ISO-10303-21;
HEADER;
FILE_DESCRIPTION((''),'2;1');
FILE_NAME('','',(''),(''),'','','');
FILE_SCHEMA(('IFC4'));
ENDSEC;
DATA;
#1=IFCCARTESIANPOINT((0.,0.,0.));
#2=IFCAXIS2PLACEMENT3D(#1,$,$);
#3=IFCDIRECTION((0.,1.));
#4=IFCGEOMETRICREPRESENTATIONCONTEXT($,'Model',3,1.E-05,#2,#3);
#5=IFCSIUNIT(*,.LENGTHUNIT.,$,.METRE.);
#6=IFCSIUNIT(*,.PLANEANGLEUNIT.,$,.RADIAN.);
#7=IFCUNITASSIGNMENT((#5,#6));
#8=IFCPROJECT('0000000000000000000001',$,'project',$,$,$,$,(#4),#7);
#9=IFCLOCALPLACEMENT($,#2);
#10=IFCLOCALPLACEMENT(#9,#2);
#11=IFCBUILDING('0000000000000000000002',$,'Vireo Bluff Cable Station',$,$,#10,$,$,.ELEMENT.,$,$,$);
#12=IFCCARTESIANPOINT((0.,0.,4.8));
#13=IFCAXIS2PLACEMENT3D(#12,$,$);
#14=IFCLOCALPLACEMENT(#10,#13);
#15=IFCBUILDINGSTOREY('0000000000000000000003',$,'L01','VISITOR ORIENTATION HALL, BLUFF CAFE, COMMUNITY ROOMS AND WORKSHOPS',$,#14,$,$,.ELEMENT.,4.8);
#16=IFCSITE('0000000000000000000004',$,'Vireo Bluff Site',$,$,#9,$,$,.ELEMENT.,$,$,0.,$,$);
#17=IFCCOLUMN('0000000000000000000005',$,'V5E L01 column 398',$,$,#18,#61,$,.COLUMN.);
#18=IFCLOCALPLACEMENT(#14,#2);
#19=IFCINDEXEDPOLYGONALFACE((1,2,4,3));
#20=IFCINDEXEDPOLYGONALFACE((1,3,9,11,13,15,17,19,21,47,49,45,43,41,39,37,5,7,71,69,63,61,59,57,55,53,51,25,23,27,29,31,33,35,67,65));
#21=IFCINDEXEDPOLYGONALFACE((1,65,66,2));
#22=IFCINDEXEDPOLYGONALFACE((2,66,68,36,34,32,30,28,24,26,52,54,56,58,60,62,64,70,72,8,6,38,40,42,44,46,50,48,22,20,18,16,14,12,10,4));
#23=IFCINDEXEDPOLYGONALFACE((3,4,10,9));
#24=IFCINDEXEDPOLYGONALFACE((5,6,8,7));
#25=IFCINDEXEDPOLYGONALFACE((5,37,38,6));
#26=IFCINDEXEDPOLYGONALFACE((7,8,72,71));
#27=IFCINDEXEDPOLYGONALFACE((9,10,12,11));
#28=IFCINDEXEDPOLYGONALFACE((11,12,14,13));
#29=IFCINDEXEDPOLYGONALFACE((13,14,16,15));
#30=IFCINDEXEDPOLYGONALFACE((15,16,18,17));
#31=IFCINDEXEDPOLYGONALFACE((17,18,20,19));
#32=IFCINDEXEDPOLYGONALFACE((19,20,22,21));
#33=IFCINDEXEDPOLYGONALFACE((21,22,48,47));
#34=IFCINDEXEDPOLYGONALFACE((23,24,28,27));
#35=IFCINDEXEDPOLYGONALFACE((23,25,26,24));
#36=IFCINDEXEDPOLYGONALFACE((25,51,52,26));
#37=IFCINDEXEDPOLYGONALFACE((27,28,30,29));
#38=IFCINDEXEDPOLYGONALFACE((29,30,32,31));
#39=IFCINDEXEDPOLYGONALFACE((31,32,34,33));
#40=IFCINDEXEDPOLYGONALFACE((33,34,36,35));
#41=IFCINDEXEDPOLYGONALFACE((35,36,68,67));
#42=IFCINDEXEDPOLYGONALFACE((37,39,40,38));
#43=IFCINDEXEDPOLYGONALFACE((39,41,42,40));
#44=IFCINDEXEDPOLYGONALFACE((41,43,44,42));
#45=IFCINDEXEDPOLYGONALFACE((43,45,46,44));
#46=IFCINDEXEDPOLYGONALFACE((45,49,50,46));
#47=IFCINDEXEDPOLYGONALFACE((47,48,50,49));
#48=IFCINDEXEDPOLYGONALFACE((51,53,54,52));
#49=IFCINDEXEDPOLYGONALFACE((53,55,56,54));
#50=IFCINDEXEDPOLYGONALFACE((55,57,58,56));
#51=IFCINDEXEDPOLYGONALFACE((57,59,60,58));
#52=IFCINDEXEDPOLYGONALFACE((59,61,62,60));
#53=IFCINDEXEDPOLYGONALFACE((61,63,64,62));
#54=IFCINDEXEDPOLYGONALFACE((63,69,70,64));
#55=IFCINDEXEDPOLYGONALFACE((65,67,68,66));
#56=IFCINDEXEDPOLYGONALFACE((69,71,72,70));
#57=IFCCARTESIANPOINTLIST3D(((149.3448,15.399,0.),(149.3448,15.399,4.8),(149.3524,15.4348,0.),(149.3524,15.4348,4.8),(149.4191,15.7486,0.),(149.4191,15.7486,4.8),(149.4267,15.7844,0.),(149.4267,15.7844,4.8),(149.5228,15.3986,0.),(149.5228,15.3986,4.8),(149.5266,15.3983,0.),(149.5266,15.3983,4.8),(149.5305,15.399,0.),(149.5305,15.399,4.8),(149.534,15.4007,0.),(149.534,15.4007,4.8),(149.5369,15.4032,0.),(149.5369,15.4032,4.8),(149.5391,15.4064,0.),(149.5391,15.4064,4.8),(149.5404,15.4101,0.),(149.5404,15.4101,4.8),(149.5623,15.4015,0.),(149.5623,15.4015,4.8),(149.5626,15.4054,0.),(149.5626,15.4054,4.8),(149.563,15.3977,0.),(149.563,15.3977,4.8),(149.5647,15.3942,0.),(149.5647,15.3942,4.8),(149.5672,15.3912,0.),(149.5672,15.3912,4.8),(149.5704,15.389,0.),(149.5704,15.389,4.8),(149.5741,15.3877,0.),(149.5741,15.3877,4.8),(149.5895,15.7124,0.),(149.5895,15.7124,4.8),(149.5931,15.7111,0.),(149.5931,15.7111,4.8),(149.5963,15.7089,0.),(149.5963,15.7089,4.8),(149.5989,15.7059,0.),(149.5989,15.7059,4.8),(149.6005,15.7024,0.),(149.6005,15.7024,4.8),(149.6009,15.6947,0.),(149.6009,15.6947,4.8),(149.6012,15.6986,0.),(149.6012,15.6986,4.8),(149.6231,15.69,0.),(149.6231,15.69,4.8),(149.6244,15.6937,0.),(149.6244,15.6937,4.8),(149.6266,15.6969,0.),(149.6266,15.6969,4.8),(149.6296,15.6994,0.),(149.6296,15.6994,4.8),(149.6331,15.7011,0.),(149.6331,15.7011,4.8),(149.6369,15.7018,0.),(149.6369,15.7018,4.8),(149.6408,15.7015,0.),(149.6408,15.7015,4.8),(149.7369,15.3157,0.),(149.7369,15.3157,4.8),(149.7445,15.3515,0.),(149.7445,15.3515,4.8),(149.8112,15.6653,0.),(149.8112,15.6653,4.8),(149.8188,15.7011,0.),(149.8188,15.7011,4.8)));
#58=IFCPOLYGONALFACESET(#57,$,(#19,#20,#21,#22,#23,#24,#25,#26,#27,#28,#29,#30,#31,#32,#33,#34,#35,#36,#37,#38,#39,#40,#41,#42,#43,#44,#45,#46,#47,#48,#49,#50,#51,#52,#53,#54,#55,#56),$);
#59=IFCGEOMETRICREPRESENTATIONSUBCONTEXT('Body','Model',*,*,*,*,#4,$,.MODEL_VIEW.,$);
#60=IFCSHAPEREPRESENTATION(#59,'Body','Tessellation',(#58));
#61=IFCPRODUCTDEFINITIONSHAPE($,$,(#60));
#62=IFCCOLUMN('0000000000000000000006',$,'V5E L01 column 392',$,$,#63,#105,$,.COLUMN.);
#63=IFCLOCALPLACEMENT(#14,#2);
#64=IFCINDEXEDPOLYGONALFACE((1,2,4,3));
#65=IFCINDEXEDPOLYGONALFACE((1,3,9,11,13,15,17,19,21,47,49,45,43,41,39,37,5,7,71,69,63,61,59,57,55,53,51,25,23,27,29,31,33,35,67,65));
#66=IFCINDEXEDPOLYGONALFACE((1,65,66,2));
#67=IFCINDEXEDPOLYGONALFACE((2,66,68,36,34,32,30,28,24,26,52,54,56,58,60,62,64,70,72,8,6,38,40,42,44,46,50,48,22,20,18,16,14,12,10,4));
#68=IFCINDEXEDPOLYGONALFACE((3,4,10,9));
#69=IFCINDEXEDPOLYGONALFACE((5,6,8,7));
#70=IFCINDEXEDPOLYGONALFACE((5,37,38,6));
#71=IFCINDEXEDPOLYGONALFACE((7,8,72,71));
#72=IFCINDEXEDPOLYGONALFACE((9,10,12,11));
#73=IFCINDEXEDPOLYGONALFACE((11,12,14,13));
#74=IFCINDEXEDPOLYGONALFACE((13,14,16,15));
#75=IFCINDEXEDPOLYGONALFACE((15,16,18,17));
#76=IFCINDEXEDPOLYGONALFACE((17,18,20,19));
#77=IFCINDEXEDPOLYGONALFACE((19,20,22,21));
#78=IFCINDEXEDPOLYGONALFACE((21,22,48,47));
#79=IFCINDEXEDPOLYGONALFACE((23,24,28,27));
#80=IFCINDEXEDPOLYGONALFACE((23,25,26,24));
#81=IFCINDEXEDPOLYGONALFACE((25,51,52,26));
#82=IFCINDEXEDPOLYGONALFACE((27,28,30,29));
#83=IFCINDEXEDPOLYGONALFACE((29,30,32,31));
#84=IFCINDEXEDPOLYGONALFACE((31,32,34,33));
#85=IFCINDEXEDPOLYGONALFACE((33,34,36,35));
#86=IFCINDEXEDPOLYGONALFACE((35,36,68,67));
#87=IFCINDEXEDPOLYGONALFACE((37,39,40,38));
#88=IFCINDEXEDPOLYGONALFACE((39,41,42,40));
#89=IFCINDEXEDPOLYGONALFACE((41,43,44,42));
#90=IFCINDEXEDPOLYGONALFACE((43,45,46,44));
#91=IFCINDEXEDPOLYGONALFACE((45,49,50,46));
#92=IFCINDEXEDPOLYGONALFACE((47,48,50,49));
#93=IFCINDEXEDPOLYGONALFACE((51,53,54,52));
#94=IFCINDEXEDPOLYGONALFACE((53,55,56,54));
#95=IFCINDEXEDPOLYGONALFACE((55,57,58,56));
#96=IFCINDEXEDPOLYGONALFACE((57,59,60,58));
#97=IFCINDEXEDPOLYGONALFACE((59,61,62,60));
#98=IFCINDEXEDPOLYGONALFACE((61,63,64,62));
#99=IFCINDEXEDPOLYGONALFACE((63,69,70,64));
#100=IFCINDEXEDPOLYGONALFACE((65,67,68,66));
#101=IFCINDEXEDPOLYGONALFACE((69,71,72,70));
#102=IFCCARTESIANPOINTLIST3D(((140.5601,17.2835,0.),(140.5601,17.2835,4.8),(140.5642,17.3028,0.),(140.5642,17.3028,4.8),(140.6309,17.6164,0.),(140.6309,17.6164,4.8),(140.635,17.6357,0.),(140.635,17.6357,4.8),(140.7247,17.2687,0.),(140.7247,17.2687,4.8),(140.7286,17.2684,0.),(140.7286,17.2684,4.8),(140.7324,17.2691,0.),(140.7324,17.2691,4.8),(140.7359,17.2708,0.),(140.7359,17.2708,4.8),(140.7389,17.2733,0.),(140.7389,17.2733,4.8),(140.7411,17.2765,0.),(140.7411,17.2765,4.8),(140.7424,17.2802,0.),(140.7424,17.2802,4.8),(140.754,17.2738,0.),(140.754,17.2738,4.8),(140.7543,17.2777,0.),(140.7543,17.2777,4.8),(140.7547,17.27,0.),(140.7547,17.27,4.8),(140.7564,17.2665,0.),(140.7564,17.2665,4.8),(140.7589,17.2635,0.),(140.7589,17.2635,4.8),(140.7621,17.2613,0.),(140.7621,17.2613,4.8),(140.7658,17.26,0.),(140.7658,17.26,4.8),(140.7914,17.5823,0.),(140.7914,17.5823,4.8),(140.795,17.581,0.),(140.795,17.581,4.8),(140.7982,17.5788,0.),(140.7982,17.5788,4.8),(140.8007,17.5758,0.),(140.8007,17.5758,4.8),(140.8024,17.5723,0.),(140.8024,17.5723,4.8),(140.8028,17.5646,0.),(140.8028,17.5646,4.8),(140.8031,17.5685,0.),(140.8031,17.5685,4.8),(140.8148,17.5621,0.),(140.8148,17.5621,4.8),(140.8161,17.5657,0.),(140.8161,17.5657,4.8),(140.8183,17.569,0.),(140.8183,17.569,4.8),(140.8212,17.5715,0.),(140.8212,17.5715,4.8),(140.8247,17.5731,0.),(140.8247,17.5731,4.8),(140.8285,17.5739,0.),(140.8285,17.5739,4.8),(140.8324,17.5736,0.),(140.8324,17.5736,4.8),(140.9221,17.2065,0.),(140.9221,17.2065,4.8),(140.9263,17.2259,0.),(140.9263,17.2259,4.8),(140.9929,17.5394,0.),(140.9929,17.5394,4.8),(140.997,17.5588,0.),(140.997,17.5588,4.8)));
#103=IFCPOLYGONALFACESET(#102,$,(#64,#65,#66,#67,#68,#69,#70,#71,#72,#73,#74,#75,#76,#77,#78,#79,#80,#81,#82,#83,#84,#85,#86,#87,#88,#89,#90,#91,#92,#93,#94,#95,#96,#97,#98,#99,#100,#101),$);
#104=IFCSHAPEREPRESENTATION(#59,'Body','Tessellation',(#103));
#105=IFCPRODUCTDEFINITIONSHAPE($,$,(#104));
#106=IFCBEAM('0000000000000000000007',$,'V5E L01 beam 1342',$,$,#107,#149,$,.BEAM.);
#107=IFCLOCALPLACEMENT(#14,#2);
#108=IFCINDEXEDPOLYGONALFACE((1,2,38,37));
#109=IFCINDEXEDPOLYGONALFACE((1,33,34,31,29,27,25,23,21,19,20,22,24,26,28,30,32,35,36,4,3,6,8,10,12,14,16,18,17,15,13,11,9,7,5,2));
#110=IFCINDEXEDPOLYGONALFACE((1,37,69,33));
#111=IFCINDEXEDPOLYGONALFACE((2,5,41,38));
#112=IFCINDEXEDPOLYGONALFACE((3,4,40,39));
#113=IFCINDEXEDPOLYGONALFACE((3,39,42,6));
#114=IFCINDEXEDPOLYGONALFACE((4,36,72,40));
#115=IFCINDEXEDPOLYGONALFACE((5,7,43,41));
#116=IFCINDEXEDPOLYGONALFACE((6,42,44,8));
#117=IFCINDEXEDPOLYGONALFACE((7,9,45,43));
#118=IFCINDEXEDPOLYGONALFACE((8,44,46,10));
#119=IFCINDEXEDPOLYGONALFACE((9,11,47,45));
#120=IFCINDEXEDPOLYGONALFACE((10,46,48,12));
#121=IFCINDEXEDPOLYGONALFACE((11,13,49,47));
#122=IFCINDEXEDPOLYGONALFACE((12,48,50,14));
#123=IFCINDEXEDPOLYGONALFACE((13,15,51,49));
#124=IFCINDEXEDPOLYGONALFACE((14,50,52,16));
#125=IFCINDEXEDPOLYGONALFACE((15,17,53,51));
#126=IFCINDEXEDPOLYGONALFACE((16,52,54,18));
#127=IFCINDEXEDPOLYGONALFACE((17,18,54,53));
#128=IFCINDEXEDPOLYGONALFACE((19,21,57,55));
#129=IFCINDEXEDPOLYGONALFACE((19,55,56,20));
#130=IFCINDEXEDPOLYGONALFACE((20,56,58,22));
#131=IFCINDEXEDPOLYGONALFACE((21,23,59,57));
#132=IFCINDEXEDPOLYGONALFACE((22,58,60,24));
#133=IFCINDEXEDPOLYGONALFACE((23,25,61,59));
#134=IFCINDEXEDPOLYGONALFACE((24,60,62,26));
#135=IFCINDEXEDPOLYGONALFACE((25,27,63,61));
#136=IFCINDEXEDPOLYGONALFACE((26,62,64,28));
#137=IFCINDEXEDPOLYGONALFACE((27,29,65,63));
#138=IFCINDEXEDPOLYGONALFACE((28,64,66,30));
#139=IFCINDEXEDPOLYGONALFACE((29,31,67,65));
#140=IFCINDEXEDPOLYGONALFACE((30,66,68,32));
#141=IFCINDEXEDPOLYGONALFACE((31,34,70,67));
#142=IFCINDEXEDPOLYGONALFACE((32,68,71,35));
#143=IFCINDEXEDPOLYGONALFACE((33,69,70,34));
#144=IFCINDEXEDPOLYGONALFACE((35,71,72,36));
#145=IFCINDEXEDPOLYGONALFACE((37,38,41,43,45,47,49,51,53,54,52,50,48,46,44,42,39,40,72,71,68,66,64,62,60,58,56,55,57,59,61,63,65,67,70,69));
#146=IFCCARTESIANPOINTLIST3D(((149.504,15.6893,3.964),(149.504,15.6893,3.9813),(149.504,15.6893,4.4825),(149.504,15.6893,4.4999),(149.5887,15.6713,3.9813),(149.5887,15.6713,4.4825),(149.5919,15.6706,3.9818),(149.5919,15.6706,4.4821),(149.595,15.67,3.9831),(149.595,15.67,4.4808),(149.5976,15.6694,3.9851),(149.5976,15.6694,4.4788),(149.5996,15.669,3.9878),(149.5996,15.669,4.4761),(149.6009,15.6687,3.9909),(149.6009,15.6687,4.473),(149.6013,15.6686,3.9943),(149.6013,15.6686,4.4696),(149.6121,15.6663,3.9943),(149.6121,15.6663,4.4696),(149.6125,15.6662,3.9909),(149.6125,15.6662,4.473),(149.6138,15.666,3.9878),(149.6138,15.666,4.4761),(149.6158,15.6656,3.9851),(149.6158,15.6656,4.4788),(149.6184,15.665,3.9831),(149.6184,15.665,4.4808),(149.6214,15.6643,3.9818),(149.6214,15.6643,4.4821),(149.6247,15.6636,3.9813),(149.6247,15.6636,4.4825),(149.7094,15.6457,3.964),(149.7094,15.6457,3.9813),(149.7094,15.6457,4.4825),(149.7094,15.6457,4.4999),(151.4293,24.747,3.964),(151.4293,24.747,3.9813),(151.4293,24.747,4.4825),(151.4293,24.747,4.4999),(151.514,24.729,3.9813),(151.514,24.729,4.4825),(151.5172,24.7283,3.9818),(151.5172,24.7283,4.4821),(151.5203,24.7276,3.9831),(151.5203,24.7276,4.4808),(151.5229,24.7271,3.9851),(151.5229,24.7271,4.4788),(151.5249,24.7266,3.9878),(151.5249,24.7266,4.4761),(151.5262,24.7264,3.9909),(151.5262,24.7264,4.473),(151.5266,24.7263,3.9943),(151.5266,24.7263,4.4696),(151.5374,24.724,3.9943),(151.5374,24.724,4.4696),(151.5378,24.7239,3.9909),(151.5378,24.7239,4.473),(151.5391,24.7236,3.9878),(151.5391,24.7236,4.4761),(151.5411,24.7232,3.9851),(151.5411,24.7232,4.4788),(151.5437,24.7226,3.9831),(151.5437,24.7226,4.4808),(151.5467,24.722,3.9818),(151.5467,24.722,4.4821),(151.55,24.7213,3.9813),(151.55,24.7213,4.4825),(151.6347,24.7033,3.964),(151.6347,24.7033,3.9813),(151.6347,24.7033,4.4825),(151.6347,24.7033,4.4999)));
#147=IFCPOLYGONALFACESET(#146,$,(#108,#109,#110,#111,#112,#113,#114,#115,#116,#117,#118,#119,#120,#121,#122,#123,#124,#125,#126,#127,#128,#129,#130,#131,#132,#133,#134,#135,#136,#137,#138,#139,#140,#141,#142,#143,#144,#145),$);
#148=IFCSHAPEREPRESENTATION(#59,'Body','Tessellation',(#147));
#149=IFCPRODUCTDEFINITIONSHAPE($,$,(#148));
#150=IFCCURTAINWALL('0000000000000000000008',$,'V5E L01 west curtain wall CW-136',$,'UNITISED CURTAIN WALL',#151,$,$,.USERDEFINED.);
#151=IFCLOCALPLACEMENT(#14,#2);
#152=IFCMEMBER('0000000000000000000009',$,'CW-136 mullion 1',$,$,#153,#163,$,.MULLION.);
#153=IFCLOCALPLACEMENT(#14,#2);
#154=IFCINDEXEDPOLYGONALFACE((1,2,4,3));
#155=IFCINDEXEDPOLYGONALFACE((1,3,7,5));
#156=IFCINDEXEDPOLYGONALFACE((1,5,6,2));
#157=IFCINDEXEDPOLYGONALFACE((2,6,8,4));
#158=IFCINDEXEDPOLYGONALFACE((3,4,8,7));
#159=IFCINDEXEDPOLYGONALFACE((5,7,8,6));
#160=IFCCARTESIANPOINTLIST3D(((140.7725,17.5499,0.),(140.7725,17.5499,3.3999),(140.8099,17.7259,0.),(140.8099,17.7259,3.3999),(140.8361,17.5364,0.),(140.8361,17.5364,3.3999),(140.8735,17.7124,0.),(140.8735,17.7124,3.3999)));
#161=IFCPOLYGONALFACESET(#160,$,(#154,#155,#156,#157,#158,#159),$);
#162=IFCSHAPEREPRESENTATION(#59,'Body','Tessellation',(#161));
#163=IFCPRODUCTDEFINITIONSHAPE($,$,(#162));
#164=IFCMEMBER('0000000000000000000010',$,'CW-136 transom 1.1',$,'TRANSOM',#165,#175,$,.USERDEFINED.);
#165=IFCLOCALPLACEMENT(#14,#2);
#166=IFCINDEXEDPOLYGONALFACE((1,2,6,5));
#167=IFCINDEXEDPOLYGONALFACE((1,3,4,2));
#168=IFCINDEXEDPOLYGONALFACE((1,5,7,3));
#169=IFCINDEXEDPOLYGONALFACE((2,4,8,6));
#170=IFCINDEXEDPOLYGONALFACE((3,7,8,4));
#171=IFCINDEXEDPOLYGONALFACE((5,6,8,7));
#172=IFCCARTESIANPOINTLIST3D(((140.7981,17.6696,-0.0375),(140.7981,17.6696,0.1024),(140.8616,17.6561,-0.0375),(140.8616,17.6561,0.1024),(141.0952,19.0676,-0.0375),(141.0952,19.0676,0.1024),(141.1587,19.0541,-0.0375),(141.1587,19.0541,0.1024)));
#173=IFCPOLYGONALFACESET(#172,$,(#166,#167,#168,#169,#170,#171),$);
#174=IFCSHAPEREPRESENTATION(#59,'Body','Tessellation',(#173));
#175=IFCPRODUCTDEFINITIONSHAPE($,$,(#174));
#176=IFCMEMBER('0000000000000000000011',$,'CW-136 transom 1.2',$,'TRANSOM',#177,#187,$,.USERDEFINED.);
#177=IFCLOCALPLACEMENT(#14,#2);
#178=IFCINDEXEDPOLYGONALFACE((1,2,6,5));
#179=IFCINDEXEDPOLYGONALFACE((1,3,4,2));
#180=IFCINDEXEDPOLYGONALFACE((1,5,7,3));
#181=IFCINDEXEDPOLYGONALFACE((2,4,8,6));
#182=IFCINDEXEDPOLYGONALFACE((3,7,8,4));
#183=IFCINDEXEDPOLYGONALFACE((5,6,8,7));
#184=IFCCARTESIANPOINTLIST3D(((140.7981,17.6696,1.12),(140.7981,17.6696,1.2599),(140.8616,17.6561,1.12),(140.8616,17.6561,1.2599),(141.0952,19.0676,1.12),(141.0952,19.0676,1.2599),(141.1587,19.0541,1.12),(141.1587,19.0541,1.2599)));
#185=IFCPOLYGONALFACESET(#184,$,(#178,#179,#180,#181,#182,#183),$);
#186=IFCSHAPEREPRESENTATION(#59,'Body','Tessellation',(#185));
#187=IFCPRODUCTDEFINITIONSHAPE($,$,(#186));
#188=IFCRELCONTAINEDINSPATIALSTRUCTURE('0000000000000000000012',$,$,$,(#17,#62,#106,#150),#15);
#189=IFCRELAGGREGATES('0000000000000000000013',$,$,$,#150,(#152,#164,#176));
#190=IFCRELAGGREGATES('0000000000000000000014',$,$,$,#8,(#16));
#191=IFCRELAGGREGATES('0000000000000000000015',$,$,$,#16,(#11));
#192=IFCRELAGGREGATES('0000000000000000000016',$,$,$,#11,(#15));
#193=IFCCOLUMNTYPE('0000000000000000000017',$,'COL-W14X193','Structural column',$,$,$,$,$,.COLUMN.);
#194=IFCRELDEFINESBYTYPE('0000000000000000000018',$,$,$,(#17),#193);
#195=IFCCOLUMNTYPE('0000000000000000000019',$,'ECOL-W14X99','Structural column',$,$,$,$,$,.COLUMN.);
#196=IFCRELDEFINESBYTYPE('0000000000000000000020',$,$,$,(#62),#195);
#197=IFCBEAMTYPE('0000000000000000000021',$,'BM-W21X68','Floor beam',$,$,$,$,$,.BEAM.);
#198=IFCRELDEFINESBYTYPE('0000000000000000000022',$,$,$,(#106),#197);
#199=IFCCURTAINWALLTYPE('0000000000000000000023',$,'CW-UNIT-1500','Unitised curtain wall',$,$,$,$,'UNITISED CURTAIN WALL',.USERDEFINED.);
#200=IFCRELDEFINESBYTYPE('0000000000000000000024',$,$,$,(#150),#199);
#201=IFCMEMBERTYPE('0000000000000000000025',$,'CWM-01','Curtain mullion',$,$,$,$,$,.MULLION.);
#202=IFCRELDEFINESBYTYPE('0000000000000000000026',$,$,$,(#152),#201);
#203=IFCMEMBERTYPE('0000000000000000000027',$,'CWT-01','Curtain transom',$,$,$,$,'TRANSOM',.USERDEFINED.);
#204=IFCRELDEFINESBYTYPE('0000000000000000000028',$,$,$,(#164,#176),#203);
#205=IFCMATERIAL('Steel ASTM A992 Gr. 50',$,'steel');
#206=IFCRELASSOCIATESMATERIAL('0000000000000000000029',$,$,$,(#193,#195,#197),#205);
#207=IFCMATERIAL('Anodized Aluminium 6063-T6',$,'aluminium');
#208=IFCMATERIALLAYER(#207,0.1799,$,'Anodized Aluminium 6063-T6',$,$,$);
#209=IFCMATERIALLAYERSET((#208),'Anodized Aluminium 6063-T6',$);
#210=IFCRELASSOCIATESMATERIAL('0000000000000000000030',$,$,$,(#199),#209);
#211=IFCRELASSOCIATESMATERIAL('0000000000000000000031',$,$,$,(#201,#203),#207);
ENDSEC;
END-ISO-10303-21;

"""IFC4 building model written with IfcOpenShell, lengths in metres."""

from ifc_helpers import new_model, si_unit, direction, frame, origin, origin_2d, place, context, subcontext, project, spatial, rectangle, i_section, extrude, material, layer, layer_set, material_profile, profile_set, type_object, element, aggregate, save


model = new_model("IFC4")

# Units and contexts
model_context = context("Model", 3, precision=1e-05, world=origin(), true_north=direction((0.0, 1.0)))
body_context = subcontext(model_context, "Body", "Model", "MODEL_VIEW")
ifc_project = project(units=[si_unit("LENGTHUNIT", "METRE"), si_unit("PLANEANGLEUNIT", "RADIAN")], contexts=[model_context])

# Site, building, storey
site_placement = place(None, origin())
site = spatial("IfcSite", under=ifc_project, at=site_placement, Name="Vireo Bluff Site", CompositionType="ELEMENT", RefElevation=0.0)
building_placement = place(site_placement, origin())
building = spatial("IfcBuilding", under=site, at=building_placement, Name="Vireo Bluff Cable Station", CompositionType="ELEMENT")
storey_placement = place(building_placement, frame((0.0, 0.0, 4.8)))
storey = spatial("IfcBuildingStorey", under=building, at=storey_placement, Name="L01", Description="VISITOR ORIENTATION HALL, BLUFF CAFE, COMMUNITY ROOMS AND WORKSHOPS", CompositionType="ELEMENT", Elevation=4.8)

# Columns
ifc_material_1 = material(Name="Steel ASTM A992 Gr. 50", Category="steel")
ifc_material_profile_1 = material_profile(ifc_material_1, i_section(OverallWidth=0.4009, OverallDepth=0.394, WebThickness=0.0227, FlangeThickness=0.0366, FilletRadius=0.0149, at=origin_2d()), Name="W14X193")
ifc_profile_set_1 = profile_set([ifc_material_profile_1], Name="Steel ASTM A992 Gr. 50")
column_type_1 = type_object("IfcColumnType", Name="COL-W14X193", Description="Structural column", PredefinedType="COLUMN", material=ifc_profile_set_1)
column_1_placement = place(storey_placement, frame((149.5818, 15.55, 0.0), z_axis=(0.0, 0.0, 1.0), x_axis=(0.978148, -0.207912, 0.0)))
element("IfcColumn", 1, at=column_1_placement, inside=storey, type_object=column_type_1, Name="V5E L01 column 398", PredefinedType="COLUMN", context=body_context, shape_type="SweptSolid", body=[
    extrude(i_section(OverallWidth=0.4009, OverallDepth=0.394, WebThickness=0.0227, FlangeThickness=0.0366, FilletRadius=0.0149, at=origin_2d()), origin(), (0.0, 0.0, 1.0), 4.8),
])
ifc_material_profile_2 = material_profile(ifc_material_1, i_section(OverallWidth=0.3701, OverallDepth=0.3601, WebThickness=0.0122, FlangeThickness=0.0198, FilletRadius=0.0149, at=origin_2d()), Name="W14X99")
ifc_profile_set_2 = profile_set([ifc_material_profile_2], Name="Steel ASTM A992 Gr. 50")
column_type_2 = type_object("IfcColumnType", Name="ECOL-W14X99", Description="Structural column", PredefinedType="COLUMN", material=ifc_profile_set_2)
column_2_placement = place(storey_placement, frame((140.7786, 17.4211, 0.0), z_axis=(0.0, 0.0, 1.0), x_axis=(0.978148, -0.207912, 0.0)))
element("IfcColumn", 2, at=column_2_placement, inside=storey, type_object=column_type_2, Name="V5E L01 column 392", PredefinedType="COLUMN", context=body_context, shape_type="SweptSolid", body=[
    extrude(i_section(OverallWidth=0.3701, OverallDepth=0.3601, WebThickness=0.0122, FlangeThickness=0.0198, FilletRadius=0.0149, at=origin_2d()), origin(), (0.0, 0.0, 1.0), 4.8),
])

# Beam
ifc_material_profile_3 = material_profile(ifc_material_1, i_section(OverallWidth=0.21, OverallDepth=0.5359, WebThickness=0.011, FlangeThickness=0.0173, FilletRadius=0.0129, at=origin_2d()), Name="W21X68")
ifc_profile_set_3 = profile_set([ifc_material_profile_3], Name="Steel ASTM A992 Gr. 50")
beam_type_1 = type_object("IfcBeamType", Name="BM-W21X68", Description="Floor beam", PredefinedType="BEAM", material=ifc_profile_set_3)
beam_1_placement = place(storey_placement, frame((149.6067, 15.6675, 4.2319), z_axis=(0.207916, 0.978147, 0.0), x_axis=(-0.978147, 0.207916, 0.0)))
element("IfcBeam", 3, at=beam_1_placement, inside=storey, type_object=beam_type_1, Name="V5E L01 beam 1342", PredefinedType="BEAM", context=body_context, shape_type="SweptSolid", body=[
    extrude(i_section(OverallWidth=0.21, OverallDepth=0.5359, WebThickness=0.011, FlangeThickness=0.0173, FilletRadius=0.0129, at=origin_2d()), origin(), (0.0, 0.0, 1.0), 9.26),
])

# Curtain wall, members
ifc_material_2 = material(Name="Anodized Aluminium 6063-T6", Category="aluminium")
ifc_layer_1 = layer(ifc_material_2, 0.1799, Name="Anodized Aluminium 6063-T6")
ifc_layer_set_1 = layer_set([ifc_layer_1], Name="Anodized Aluminium 6063-T6")
curtain_wall_type_1 = type_object("IfcCurtainWallType", Name="CW-UNIT-1500", Description="Unitised curtain wall", ElementType="UNITISED CURTAIN WALL", PredefinedType="USERDEFINED", material=ifc_layer_set_1)
curtain_wall_1_placement = place(storey_placement, origin())
curtain_wall_1 = element("IfcCurtainWall", 4, at=curtain_wall_1_placement, inside=storey, type_object=curtain_wall_type_1, Name="V5E L01 west curtain wall CW-136", ObjectType="UNITISED CURTAIN WALL", PredefinedType="USERDEFINED")
ifc_material_profile_4 = material_profile(ifc_material_2, rectangle(XDim=0.0649, YDim=0.1799, at=origin_2d()), Name="ALU-M-65X180")
ifc_profile_set_4 = profile_set([ifc_material_profile_4], Name="Anodized Aluminium 6063-T6")
member_type_1 = type_object("IfcMemberType", Name="CWM-01", Description="Curtain mullion", PredefinedType="MULLION", material=ifc_profile_set_4)
member_1_placement = place(storey_placement, frame((140.823, 17.6311, 0.0), z_axis=(0.0, 0.0, 1.0), x_axis=(-0.978148, 0.207912, 0.0)))
member_1 = element("IfcMember", 5, at=member_1_placement, type_object=member_type_1, Name="CW-136 mullion 1", PredefinedType="MULLION", context=body_context, shape_type="SweptSolid", body=[
    extrude(rectangle(XDim=0.0649, YDim=0.1799, at=origin_2d()), origin(), (0.0, 0.0, 1.0), 3.3999),
])
ifc_material_profile_5 = material_profile(ifc_material_2, rectangle(XDim=0.0649, YDim=0.1399, at=origin_2d()), Name="ALU-T-65X140")
ifc_profile_set_5 = profile_set([ifc_material_profile_5], Name="Anodized Aluminium 6063-T6")
member_type_2 = type_object("IfcMemberType", Name="CWT-01", Description="Curtain transom", ElementType="TRANSOM", PredefinedType="USERDEFINED", material=ifc_profile_set_5)
member_2_placement = place(storey_placement, frame((140.8298, 17.6628, 0.0325), z_axis=(0.207896, 0.978151, 0.0), x_axis=(-0.978151, 0.207896, 0.0)))
member_2 = element("IfcMember", 6, at=member_2_placement, type_object=member_type_2, Name="CW-136 transom 1.1", ObjectType="TRANSOM", PredefinedType="USERDEFINED", context=body_context, shape_type="SweptSolid", body=[
    extrude(rectangle(XDim=0.0649, YDim=0.1399, at=origin_2d()), origin(), (0.0, 0.0, 1.0), 1.4292),
])
member_3_placement = place(storey_placement, frame((140.8298, 17.6628, 1.1899), z_axis=(0.207896, 0.978151, 0.0), x_axis=(-0.978151, 0.207896, 0.0)))
member_3 = element("IfcMember", 7, at=member_3_placement, type_object=member_type_2, Name="CW-136 transom 1.2", ObjectType="TRANSOM", PredefinedType="USERDEFINED", context=body_context, shape_type="SweptSolid", body=[
    extrude(rectangle(XDim=0.0649, YDim=0.1399, at=origin_2d()), origin(), (0.0, 0.0, 1.0), 1.4292),
])

aggregate(curtain_wall_1, [member_1, member_2, member_3])

save(model, "model.ifc")
